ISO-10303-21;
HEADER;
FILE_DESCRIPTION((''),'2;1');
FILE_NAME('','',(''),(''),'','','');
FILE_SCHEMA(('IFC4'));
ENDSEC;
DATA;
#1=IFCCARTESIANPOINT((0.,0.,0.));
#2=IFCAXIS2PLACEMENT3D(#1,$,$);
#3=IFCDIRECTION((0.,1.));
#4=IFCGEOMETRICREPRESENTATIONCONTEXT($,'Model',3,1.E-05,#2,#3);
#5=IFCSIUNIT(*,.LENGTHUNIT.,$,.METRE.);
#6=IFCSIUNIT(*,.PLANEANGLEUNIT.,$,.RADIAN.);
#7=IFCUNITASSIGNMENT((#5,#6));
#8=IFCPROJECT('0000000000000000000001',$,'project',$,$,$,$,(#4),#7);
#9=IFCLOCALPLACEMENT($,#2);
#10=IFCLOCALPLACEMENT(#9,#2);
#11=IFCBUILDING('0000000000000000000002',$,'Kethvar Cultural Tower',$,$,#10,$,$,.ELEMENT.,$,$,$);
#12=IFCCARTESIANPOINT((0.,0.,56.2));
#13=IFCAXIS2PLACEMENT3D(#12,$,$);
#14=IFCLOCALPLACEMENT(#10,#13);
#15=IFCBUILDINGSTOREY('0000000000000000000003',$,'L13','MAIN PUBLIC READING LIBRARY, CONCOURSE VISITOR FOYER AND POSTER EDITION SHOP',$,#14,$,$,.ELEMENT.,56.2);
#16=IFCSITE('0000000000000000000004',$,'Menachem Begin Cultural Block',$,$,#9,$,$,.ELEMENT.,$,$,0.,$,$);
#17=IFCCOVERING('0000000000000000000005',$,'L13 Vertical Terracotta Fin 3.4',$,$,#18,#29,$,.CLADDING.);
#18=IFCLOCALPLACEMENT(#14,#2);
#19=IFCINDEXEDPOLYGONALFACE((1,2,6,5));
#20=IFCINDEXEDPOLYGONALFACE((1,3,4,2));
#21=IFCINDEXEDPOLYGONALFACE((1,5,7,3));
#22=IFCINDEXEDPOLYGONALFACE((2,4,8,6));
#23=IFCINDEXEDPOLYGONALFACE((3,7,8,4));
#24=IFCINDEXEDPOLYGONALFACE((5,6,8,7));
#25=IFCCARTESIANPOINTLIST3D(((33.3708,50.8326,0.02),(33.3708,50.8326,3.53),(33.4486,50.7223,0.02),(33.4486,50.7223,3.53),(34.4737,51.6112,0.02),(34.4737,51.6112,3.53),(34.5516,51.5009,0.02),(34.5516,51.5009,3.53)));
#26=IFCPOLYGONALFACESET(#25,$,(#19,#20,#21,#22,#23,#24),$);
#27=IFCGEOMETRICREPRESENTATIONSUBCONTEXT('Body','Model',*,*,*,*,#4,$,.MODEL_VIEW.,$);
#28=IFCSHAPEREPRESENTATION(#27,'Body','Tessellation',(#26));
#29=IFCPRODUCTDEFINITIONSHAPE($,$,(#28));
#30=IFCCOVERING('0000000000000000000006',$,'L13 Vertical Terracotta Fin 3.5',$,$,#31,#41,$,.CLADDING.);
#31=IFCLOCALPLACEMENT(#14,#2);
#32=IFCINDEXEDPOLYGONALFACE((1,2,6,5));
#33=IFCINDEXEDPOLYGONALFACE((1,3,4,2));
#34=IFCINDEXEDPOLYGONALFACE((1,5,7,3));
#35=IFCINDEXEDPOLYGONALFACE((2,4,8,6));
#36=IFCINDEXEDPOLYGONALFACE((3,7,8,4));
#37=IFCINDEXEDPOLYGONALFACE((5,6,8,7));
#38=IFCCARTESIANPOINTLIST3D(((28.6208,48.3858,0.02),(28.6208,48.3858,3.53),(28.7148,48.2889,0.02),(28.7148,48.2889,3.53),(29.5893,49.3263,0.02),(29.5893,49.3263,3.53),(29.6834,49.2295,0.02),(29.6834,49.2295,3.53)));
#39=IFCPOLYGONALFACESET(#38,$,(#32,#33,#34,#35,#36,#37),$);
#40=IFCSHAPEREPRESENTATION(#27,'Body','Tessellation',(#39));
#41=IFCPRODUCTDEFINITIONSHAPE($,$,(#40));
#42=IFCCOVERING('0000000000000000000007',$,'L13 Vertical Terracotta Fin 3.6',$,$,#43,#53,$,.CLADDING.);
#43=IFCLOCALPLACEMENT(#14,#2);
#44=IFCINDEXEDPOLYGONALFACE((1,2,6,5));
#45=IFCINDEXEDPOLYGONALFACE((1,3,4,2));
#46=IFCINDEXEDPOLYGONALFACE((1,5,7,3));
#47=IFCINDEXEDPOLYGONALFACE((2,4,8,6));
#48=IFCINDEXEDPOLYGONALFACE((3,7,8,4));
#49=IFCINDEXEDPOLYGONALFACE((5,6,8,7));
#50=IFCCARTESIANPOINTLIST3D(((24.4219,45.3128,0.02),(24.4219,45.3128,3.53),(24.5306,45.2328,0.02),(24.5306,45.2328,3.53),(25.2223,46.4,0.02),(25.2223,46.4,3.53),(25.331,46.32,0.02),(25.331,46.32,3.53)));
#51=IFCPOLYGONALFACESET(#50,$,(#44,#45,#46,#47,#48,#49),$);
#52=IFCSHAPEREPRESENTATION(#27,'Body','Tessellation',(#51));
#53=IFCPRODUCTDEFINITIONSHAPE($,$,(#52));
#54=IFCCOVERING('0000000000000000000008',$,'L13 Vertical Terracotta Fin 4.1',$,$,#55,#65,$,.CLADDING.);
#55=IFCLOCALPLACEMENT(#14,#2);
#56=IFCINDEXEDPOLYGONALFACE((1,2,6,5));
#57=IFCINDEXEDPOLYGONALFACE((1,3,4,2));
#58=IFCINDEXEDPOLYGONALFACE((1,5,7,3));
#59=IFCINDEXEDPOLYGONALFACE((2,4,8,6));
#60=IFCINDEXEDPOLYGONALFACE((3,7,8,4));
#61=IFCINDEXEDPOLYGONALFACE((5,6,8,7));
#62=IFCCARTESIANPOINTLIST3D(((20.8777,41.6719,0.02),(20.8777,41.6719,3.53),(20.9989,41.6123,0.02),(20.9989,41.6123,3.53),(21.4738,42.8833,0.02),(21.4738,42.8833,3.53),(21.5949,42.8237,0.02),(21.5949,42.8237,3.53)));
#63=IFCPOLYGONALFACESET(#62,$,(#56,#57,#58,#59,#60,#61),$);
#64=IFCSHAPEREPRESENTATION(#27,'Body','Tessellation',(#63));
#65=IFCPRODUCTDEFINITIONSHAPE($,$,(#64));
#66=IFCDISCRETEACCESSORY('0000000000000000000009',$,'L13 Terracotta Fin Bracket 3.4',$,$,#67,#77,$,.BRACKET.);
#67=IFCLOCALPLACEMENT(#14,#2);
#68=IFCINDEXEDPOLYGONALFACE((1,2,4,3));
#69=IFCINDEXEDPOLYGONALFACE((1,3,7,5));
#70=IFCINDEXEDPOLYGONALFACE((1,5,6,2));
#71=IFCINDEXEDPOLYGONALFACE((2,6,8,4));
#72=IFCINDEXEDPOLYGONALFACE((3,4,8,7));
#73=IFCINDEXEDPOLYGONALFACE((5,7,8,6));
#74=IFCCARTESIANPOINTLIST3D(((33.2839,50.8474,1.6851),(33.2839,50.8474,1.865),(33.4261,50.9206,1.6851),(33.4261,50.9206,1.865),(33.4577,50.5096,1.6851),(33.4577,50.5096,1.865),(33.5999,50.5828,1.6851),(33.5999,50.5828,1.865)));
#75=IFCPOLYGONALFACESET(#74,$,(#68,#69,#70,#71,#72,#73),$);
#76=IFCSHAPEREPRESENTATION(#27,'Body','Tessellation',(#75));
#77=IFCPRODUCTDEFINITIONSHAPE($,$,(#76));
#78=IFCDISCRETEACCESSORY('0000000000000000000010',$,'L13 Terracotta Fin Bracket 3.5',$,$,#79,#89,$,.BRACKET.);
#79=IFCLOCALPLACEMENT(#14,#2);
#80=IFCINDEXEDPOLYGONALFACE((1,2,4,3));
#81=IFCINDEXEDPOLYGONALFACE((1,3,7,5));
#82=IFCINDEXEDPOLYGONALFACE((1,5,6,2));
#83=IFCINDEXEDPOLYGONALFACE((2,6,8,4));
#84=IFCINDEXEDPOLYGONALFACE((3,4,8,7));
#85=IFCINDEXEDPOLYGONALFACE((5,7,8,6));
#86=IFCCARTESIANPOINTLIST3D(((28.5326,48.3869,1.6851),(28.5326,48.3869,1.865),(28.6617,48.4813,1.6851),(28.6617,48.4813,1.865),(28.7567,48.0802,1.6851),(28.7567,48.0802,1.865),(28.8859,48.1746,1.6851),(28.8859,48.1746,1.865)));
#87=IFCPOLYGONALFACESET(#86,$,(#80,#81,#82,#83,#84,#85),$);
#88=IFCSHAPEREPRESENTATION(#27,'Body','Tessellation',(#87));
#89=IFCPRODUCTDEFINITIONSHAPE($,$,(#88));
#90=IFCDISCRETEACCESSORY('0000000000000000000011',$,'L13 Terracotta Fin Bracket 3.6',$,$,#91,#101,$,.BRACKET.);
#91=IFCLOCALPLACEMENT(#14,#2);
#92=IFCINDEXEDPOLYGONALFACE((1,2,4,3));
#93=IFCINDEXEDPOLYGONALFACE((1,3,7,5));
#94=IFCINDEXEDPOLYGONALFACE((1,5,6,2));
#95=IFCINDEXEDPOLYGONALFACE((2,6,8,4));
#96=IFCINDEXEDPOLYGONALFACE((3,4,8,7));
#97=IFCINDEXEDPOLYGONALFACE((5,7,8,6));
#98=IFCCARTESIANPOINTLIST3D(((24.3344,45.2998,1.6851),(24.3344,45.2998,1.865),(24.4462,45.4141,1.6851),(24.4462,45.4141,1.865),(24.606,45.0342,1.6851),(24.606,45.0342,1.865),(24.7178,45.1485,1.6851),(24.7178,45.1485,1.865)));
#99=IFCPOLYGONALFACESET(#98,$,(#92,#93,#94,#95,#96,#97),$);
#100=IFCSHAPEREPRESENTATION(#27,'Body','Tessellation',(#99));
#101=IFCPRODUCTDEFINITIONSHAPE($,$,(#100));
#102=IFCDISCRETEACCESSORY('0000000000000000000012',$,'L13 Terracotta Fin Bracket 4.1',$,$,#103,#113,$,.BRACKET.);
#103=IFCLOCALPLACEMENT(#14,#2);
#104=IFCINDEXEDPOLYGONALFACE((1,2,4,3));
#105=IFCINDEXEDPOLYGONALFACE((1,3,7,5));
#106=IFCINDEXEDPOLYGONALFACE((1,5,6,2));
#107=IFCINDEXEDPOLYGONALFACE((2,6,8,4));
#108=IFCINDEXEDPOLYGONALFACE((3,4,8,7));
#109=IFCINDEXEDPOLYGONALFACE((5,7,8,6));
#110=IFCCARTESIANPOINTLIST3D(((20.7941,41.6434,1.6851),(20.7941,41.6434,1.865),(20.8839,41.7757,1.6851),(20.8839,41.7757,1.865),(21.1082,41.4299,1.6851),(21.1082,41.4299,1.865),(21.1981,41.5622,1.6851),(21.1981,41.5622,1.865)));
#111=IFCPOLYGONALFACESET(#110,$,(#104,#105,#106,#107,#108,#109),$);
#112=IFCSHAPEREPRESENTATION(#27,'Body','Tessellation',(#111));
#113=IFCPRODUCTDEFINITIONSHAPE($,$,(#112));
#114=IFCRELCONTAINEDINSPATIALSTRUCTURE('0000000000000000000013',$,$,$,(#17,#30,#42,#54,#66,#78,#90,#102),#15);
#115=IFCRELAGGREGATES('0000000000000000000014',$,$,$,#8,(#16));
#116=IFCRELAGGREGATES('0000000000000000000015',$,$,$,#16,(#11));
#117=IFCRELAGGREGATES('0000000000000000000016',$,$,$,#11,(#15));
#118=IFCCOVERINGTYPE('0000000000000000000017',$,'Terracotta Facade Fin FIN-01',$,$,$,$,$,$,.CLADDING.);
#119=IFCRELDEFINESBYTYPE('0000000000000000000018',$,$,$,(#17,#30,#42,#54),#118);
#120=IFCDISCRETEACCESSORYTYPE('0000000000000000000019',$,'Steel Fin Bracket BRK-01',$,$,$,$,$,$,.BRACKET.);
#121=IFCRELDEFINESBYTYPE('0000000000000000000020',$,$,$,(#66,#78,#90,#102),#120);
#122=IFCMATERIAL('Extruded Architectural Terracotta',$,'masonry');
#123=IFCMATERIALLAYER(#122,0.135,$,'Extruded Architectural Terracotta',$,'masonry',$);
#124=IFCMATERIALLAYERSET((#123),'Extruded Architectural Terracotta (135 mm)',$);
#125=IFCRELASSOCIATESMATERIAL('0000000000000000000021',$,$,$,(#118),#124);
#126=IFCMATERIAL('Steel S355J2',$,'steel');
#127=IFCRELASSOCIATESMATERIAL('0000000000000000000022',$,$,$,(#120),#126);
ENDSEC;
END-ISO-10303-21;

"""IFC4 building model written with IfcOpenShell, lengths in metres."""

from ifc_helpers import new_model, si_unit, direction, frame, origin, origin_2d, place, context, subcontext, project, spatial, rectangle, extrude, source, transform, mapped, material, layer, layer_set, type_object, element, save


model = new_model("IFC4")

# Units and contexts
model_context = context("Model", 3, precision=1e-05, world=origin(), true_north=direction((0.0, 1.0)))
body_context = subcontext(model_context, "Body", "Model", "MODEL_VIEW")
ifc_project = project(units=[si_unit("LENGTHUNIT", "METRE"), si_unit("PLANEANGLEUNIT", "RADIAN")], contexts=[model_context])

# Site, building, storey
site_placement = place(None, origin())
site = spatial("IfcSite", under=ifc_project, at=site_placement, Name="Menachem Begin Cultural Block", CompositionType="ELEMENT", RefElevation=0.0)
building_placement = place(site_placement, origin())
building = spatial("IfcBuilding", under=site, at=building_placement, Name="Kethvar Cultural Tower", CompositionType="ELEMENT")
storey_placement = place(building_placement, frame((0.0, 0.0, 56.2)))
storey = spatial("IfcBuildingStorey", under=building, at=storey_placement, Name="L13", Description="MAIN PUBLIC READING LIBRARY, CONCOURSE VISITOR FOYER AND POSTER EDITION SHOP", CompositionType="ELEMENT", Elevation=56.2)

# Shared definitions
ifc_material_1 = material(Name="Steel S355J2", Category="steel")

# Coverings
ifc_material_2 = material(Name="Extruded Architectural Terracotta", Category="masonry")
ifc_layer_1 = layer(ifc_material_2, 0.135, Name="Extruded Architectural Terracotta", Category="masonry")
ifc_layer_set_1 = layer_set([ifc_layer_1], Name="Extruded Architectural Terracotta (135 mm)")
covering_type = type_object("IfcCoveringType", Name="Terracotta Facade Fin FIN-01", PredefinedType="CLADDING", material=ifc_layer_set_1)
shared_shape_1 = source(origin(), body_context, "Body", "SweptSolid", [
    extrude(rectangle(XDim=1.3501, YDim=0.135, at=origin_2d()), origin(), (0.0, 0.0, 1.0), 3.51),
])
for number, where, z_axis, x_axis, name in (
    (1, (33.9612, 51.1667, 0.02), (0.0, 0.0, 1.0), (0.816944, 0.576718, 0.0), "L13 Vertical Terracotta Fin 3.4"),
    (2, (29.1521, 48.8076, 0.02), (0.0, 0.0, 1.0), (0.717397, 0.696664, 0.0), "L13 Vertical Terracotta Fin 3.5"),
    (3, (24.8765, 45.8164, 0.02), (0.0, 0.0, 1.0), (0.592857, 0.805308, 0.0), "L13 Vertical Terracotta Fin 3.6"),
    (4, (21.2363, 42.2478, 0.02), (0.0, 0.0, 1.0), (0.441506, 0.897258, 0.0), "L13 Vertical Terracotta Fin 4.1"),
):
    element("IfcCovering", number, at=place(storey_placement, frame(where, z_axis=z_axis, x_axis=x_axis)), inside=storey, type_object=covering_type, Name=name, PredefinedType="CLADDING", context=body_context, shape_type="MappedRepresentation", body=[
        mapped(shared_shape_1, transform((0.0, 0.0, 0.0), scale=1.0)),
    ])

# Discrete accessories
discrete_accessory_type = type_object("IfcDiscreteAccessoryType", Name="Steel Fin Bracket BRK-01", PredefinedType="BRACKET", material=ifc_material_1)
shared_shape_2 = source(origin(), body_context, "Body", "SweptSolid", [
    extrude(rectangle(XDim=0.3799, YDim=0.1599, at=origin_2d()), origin(), (0.0, 0.0, 1.0), 0.1799),
])
for number, where, z_axis, x_axis, name in (
    (5, (33.4419, 50.7151, 1.6851), (0.0, 0.0, 1.0), (-0.457408, 0.889257, 0.0), "L13 Terracotta Fin Bracket 3.4"),
    (6, (28.7092, 48.2808, 1.6851), (0.0, 0.0, 1.0), (-0.590042, 0.807372, 0.0), "L13 Terracotta Fin Bracket 3.5"),
    (7, (24.5261, 45.2241, 1.6851), (0.0, 0.0, 1.0), (-0.714961, 0.699164, 0.0), "L13 Terracotta Fin Bracket 3.6"),
    (8, (20.9961, 41.6028, 1.6851), (0.0, 0.0, 1.0), (-0.827081, 0.562083, 0.0), "L13 Terracotta Fin Bracket 4.1"),
):
    element("IfcDiscreteAccessory", number, at=place(storey_placement, frame(where, z_axis=z_axis, x_axis=x_axis)), inside=storey, type_object=discrete_accessory_type, Name=name, PredefinedType="BRACKET", context=body_context, shape_type="MappedRepresentation", body=[
        mapped(shared_shape_2, transform((0.0, 0.0, 0.0), scale=1.0)),
    ])

save(model, "model.ifc")
